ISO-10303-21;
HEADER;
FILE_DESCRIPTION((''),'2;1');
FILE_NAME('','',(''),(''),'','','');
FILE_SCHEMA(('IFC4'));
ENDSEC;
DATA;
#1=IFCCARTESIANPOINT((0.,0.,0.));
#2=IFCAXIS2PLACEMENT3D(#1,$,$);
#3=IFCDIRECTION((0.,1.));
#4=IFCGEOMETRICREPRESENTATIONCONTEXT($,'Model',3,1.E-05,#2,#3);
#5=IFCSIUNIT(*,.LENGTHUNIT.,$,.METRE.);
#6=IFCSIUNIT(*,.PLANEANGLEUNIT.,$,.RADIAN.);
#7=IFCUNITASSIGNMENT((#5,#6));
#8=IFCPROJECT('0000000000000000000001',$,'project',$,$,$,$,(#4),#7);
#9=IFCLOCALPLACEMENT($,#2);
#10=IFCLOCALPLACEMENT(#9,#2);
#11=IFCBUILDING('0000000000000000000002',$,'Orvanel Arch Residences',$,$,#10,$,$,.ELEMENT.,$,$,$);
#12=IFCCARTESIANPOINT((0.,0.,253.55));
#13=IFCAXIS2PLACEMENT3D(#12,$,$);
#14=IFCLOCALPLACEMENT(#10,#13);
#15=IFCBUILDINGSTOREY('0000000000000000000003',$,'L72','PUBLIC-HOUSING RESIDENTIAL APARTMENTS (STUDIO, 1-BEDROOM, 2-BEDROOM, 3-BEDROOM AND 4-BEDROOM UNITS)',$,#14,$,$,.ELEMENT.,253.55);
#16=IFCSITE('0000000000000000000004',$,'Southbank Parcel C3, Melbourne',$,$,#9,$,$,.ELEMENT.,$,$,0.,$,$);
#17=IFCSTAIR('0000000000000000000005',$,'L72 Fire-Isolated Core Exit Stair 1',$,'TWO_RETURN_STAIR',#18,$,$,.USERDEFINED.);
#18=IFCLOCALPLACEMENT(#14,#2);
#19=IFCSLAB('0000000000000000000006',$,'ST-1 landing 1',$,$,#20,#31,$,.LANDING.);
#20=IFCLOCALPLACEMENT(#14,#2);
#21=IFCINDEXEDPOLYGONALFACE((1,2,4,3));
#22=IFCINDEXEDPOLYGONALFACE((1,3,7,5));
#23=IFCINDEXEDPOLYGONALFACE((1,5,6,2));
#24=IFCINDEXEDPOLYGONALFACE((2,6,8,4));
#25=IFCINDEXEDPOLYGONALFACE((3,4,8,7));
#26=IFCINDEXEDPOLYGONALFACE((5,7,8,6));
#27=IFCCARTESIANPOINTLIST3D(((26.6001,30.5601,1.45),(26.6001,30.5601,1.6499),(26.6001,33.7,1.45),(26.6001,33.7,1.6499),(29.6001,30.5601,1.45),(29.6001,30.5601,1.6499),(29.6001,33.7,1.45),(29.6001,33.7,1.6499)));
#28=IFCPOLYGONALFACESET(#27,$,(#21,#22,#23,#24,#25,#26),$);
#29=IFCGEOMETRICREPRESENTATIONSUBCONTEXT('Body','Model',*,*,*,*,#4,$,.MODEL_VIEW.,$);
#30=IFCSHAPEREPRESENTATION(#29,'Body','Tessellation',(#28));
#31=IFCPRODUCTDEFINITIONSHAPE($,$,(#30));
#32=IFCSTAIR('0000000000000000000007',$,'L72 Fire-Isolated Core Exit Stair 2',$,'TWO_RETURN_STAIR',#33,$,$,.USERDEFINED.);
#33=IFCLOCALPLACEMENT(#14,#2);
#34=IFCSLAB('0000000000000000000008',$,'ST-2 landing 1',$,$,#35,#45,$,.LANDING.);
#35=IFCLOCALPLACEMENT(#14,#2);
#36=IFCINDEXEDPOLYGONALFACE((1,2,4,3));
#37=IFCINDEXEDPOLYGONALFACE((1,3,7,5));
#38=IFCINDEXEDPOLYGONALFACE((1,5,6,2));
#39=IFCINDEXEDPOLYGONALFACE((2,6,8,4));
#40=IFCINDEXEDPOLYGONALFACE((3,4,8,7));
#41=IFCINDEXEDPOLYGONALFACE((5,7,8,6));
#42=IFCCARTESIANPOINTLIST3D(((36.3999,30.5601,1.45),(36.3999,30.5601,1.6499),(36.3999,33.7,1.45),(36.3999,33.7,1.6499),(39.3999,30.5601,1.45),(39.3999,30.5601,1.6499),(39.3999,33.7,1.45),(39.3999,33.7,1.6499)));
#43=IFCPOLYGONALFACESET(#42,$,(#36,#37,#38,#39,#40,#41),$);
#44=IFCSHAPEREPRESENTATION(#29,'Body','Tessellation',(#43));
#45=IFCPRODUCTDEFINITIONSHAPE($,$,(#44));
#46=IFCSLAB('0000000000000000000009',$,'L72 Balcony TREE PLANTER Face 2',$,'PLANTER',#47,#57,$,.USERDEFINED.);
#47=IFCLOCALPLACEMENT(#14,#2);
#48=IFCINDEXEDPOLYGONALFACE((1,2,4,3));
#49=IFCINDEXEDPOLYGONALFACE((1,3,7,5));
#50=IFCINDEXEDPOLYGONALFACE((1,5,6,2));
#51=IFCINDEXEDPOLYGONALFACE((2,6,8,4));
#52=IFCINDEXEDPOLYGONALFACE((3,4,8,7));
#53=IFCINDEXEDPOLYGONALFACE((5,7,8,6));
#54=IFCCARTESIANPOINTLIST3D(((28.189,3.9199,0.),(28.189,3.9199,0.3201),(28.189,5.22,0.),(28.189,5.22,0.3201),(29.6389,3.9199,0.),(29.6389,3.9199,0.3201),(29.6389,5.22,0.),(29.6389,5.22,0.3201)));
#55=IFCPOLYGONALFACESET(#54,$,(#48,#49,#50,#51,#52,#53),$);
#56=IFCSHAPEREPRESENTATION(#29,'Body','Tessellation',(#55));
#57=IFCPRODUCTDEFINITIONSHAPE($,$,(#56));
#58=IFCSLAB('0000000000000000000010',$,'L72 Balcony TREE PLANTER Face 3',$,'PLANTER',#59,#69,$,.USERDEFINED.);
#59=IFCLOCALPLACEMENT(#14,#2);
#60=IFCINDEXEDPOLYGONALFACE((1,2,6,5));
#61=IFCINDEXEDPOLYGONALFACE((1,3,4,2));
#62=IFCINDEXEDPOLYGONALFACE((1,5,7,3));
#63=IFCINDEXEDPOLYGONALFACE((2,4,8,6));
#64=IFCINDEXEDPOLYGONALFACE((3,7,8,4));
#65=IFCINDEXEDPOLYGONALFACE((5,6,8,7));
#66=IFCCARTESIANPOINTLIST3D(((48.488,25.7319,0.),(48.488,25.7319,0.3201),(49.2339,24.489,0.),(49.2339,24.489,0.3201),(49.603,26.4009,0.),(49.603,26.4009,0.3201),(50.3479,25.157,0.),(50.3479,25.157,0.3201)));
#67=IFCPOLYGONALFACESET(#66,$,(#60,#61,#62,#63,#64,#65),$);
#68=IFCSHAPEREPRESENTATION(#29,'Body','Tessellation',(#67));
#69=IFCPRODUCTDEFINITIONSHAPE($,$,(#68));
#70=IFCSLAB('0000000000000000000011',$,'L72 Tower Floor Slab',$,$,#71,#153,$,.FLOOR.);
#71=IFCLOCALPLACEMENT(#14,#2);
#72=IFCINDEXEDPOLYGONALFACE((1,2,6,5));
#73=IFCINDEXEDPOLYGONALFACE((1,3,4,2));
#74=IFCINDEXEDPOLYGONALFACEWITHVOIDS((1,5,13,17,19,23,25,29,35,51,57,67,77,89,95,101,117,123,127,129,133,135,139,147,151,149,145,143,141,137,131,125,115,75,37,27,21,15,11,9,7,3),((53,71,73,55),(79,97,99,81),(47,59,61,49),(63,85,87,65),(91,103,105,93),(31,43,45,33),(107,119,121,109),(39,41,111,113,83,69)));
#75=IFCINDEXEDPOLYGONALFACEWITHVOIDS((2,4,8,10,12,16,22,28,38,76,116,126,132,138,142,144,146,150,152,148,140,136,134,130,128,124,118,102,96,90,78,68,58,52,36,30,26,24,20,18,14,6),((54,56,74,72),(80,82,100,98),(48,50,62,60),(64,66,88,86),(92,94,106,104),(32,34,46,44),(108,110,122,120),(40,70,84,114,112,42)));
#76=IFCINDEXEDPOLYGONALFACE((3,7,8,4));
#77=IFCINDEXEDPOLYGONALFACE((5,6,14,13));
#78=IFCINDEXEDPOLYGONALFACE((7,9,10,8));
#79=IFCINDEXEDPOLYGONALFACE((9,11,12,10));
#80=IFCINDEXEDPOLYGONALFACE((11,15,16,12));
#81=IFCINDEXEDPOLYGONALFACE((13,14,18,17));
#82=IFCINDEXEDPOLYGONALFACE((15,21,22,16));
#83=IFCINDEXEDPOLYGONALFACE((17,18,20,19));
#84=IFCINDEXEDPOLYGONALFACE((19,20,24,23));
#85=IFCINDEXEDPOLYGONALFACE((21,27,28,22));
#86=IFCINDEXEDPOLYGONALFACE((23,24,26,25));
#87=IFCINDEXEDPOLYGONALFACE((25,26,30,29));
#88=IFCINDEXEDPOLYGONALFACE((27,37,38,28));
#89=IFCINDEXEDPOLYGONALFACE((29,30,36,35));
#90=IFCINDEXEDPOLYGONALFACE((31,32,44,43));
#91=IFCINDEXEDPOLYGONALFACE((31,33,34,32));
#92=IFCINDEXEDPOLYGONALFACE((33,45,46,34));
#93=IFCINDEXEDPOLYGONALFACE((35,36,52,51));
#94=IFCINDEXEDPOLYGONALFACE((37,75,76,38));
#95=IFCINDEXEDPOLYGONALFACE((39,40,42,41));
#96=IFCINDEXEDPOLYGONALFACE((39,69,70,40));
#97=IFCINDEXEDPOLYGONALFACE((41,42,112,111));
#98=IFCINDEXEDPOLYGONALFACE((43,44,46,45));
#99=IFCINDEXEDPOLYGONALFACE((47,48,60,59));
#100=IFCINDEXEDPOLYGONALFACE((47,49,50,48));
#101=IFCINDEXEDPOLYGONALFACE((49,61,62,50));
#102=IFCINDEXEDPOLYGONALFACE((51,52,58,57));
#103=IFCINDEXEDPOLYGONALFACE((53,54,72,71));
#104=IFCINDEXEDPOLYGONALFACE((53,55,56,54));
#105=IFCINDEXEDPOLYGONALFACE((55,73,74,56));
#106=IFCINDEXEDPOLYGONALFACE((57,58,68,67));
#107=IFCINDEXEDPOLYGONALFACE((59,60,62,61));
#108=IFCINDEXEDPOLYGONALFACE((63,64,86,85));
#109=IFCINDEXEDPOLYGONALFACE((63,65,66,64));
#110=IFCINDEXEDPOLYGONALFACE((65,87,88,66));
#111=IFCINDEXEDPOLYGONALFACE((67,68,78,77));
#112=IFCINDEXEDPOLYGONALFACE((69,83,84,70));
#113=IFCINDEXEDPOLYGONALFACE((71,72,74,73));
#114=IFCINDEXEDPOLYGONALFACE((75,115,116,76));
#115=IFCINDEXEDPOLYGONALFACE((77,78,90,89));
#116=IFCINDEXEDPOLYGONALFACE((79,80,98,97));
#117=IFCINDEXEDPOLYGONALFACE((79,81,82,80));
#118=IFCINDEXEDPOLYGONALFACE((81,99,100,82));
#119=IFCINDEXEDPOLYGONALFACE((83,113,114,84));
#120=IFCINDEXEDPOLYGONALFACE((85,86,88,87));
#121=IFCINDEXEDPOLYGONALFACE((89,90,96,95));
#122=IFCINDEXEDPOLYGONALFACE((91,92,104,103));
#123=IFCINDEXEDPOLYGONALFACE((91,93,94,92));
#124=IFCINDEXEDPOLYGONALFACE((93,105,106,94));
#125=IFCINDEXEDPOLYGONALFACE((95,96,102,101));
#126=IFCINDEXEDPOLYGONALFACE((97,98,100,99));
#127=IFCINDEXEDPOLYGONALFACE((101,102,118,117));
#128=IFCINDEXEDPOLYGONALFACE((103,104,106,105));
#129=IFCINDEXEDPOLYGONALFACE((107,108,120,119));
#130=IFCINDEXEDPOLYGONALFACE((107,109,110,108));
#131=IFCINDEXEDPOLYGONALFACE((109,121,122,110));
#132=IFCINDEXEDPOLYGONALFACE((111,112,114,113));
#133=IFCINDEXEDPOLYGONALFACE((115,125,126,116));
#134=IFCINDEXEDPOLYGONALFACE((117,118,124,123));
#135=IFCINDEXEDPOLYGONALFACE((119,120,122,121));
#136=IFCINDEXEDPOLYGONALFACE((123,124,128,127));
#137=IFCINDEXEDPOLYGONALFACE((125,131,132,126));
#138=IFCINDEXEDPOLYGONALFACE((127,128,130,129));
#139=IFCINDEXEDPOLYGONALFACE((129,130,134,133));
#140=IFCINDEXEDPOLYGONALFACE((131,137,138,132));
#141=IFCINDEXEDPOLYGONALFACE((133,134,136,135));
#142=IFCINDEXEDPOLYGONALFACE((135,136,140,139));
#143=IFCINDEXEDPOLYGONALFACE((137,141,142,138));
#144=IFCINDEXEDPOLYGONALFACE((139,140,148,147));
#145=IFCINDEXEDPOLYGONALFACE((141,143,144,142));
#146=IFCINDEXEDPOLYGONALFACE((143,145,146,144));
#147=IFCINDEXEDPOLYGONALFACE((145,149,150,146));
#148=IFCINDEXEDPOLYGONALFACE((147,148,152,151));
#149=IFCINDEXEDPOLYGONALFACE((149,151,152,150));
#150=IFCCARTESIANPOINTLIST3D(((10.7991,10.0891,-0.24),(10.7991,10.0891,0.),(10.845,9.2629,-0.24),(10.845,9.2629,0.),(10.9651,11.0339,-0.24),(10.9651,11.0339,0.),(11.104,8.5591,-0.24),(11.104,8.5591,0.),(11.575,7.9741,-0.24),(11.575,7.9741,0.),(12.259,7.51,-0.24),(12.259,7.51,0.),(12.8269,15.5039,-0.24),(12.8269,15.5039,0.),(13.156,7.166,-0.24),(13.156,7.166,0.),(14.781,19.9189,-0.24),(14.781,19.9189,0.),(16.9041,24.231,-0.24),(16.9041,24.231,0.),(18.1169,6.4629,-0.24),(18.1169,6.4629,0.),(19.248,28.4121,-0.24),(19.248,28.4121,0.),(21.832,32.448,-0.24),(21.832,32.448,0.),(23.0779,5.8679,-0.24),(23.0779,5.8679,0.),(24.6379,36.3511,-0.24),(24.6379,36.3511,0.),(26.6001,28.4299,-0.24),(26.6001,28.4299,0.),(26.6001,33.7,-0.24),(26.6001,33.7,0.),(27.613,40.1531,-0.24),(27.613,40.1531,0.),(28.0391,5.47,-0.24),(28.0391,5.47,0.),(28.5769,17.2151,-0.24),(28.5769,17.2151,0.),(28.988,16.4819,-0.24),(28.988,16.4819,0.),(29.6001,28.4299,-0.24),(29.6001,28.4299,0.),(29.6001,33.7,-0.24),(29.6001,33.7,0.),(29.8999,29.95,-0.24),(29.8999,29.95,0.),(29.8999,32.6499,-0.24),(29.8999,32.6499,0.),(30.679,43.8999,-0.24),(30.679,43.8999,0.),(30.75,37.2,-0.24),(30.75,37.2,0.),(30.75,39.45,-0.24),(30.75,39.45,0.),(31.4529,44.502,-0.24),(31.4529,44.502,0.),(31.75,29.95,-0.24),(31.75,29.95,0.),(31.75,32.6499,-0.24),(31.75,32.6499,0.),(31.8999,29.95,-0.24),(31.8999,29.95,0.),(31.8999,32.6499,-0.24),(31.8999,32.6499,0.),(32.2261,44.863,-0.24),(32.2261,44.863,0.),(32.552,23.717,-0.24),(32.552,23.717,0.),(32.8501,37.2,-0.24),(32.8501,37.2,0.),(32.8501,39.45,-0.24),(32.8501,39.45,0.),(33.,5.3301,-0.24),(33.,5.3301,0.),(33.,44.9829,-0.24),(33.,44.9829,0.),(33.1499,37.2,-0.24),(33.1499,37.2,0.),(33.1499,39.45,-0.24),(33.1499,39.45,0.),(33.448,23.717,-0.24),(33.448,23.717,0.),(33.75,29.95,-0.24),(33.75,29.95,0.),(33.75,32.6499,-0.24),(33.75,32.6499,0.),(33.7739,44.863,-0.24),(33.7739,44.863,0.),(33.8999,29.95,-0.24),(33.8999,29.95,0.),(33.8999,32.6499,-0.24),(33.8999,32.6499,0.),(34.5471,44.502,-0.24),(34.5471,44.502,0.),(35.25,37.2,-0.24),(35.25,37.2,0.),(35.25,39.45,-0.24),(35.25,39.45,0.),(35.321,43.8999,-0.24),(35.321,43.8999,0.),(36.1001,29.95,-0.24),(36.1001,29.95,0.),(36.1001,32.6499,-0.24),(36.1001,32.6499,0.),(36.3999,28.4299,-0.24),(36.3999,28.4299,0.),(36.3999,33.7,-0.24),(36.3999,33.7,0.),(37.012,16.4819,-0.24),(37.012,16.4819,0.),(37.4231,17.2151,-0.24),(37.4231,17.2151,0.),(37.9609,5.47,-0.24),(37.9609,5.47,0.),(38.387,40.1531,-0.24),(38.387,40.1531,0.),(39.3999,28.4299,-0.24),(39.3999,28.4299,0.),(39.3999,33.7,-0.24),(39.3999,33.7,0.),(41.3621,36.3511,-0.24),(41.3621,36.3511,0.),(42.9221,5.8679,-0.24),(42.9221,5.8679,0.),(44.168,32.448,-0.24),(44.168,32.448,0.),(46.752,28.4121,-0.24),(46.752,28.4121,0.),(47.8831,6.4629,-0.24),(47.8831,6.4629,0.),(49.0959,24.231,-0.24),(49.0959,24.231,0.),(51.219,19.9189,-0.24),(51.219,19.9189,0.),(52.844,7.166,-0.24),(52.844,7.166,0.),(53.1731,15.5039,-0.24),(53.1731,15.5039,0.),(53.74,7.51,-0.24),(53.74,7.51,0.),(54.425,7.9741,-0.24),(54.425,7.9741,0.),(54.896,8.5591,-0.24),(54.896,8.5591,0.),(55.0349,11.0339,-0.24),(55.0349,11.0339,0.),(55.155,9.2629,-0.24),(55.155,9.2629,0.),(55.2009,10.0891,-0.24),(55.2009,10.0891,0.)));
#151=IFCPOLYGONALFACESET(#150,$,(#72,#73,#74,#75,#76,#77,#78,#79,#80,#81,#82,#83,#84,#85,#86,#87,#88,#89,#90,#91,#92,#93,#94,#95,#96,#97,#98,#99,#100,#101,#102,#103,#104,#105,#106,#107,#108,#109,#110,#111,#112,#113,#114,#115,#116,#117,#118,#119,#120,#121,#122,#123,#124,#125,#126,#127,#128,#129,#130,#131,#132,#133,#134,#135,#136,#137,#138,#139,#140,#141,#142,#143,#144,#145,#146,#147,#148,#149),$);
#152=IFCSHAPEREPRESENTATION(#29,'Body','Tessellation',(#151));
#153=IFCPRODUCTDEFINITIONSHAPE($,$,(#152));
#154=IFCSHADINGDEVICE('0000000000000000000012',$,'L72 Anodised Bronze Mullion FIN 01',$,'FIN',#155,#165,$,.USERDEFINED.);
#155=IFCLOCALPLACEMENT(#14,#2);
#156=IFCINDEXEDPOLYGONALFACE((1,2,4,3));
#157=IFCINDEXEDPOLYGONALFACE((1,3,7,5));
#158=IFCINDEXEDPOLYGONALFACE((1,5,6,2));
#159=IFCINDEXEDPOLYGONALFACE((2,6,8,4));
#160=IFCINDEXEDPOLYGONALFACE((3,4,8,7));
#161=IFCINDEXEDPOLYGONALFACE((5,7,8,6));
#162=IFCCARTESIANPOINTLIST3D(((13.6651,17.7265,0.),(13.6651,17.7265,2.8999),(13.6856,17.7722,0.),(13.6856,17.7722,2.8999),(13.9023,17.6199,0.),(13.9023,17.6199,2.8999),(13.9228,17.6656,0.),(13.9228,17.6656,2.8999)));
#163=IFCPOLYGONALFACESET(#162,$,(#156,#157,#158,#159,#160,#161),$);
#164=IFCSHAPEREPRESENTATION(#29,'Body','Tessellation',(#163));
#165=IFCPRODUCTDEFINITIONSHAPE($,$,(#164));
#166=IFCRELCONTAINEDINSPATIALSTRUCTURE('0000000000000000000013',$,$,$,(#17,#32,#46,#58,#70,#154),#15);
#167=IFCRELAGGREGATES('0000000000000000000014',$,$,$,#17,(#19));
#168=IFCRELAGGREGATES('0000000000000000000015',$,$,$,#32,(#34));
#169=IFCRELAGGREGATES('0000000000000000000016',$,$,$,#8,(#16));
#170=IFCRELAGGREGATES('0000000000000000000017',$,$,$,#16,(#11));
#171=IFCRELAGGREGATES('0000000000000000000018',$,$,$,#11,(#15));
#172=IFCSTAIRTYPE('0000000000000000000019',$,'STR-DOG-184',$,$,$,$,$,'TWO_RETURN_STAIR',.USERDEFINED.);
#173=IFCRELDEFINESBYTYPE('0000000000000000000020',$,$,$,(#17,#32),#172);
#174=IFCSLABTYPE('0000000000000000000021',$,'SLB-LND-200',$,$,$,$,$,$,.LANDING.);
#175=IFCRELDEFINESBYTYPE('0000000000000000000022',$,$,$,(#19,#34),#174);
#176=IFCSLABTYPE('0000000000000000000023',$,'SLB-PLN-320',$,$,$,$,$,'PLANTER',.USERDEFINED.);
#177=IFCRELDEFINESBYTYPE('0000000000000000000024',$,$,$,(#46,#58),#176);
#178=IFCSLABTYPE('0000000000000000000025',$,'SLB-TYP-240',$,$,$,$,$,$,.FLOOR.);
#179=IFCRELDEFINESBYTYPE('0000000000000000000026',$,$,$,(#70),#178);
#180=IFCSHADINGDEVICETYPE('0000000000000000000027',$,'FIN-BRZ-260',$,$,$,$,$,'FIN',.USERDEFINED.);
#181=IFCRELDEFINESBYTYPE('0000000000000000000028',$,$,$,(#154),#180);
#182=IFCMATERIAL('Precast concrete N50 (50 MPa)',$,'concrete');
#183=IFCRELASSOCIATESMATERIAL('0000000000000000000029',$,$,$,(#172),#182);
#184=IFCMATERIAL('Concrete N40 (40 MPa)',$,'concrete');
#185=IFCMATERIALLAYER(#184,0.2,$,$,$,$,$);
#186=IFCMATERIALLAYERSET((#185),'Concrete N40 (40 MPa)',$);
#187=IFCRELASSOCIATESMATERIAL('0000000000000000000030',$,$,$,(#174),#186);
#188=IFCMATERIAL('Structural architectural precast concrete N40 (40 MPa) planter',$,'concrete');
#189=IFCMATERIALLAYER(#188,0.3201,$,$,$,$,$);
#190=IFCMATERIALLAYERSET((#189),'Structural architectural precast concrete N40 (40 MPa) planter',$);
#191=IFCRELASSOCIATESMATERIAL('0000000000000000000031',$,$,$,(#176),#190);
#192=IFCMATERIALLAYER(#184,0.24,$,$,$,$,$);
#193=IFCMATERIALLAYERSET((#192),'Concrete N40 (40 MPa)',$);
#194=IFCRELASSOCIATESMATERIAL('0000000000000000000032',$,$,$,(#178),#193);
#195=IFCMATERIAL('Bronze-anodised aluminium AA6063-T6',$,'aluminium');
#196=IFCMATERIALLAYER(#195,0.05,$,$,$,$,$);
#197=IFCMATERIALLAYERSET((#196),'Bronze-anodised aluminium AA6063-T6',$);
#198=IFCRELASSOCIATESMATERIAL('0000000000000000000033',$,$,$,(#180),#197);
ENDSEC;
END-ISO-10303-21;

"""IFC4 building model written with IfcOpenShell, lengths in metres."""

from ifc_helpers import new_model, si_unit, direction, frame, origin, origin_2d, place, context, subcontext, project, spatial, polyline, rectangle, outline, extrude, material, layer, layer_set, type_object, element, aggregate, save


model = new_model("IFC4")

# Units and contexts
model_context = context("Model", 3, precision=1e-05, world=origin(), true_north=direction((0.0, 1.0)))
body_context = subcontext(model_context, "Body", "Model", "MODEL_VIEW")
ifc_project = project(units=[si_unit("LENGTHUNIT", "METRE"), si_unit("PLANEANGLEUNIT", "RADIAN")], contexts=[model_context])

# Site, building, storey
site_placement = place(None, origin())
site = spatial("IfcSite", under=ifc_project, at=site_placement, Name="Southbank Parcel C3, Melbourne", CompositionType="ELEMENT", RefElevation=0.0)
building_placement = place(site_placement, origin())
building = spatial("IfcBuilding", under=site, at=building_placement, Name="Orvanel Arch Residences", CompositionType="ELEMENT")
storey_placement = place(building_placement, frame((0.0, 0.0, 253.55)))
storey = spatial("IfcBuildingStorey", under=building, at=storey_placement, Name="L72", Description="PUBLIC-HOUSING RESIDENTIAL APARTMENTS (STUDIO, 1-BEDROOM, 2-BEDROOM, 3-BEDROOM AND 4-BEDROOM UNITS)", CompositionType="ELEMENT", Elevation=253.55)

# Shared definitions
ifc_material_1 = material(Name="Bronze-anodised aluminium AA6063-T6", Category="aluminium")

# Shared definitions
ifc_material_2 = material(Name="Concrete N40 (40 MPa)", Category="concrete")

# Stairs, slabs
ifc_material_3 = material(Name="Precast concrete N50 (50 MPa)", Category="concrete")
stair_type = type_object("IfcStairType", Name="STR-DOG-184", ElementType="TWO_RETURN_STAIR", PredefinedType="USERDEFINED", material=ifc_material_3)
stair_1_placement = place(storey_placement, origin())
stair_1 = element("IfcStair", 1, at=stair_1_placement, inside=storey, type_object=stair_type, Name="L72 Fire-Isolated Core Exit Stair 1", ObjectType="TWO_RETURN_STAIR", PredefinedType="USERDEFINED")
ifc_layer_1 = layer(ifc_material_2, 0.2)
ifc_layer_set_1 = layer_set([ifc_layer_1], Name="Concrete N40 (40 MPa)")
slab_type_1 = type_object("IfcSlabType", Name="SLB-LND-200", PredefinedType="LANDING", material=ifc_layer_set_1)
slab_1_placement = place(storey_placement, frame((0.0, 0.0, 1.45)))
slab_1 = element("IfcSlab", 2, at=slab_1_placement, type_object=slab_type_1, Name="ST-1 landing 1", PredefinedType="LANDING", context=body_context, shape_type="SweptSolid", body=[
    extrude(outline(polyline([(29.6001, 30.5601), (29.6001, 33.7), (26.6001, 33.7), (26.6001, 30.5601), (29.6001, 30.5601)])), origin(), (0.0, 0.0, 1.0), 0.2),
])
aggregate(stair_1, [slab_1])
stair_2_placement = place(storey_placement, origin())
stair_2 = element("IfcStair", 3, at=stair_2_placement, inside=storey, type_object=stair_type, Name="L72 Fire-Isolated Core Exit Stair 2", ObjectType="TWO_RETURN_STAIR", PredefinedType="USERDEFINED")
slab_2_placement = place(storey_placement, frame((0.0, 0.0, 1.45)))
slab_2 = element("IfcSlab", 4, at=slab_2_placement, type_object=slab_type_1, Name="ST-2 landing 1", PredefinedType="LANDING", context=body_context, shape_type="SweptSolid", body=[
    extrude(outline(polyline([(39.3999, 30.5601), (39.3999, 33.7), (36.3999, 33.7), (36.3999, 30.5601), (39.3999, 30.5601)])), origin(), (0.0, 0.0, 1.0), 0.2),
])
aggregate(stair_2, [slab_2])

# Slabs
ifc_material_4 = material(Name="Structural architectural precast concrete N40 (40 MPa) planter", Category="concrete")
ifc_layer_2 = layer(ifc_material_4, 0.3201)
ifc_layer_set_2 = layer_set([ifc_layer_2], Name="Structural architectural precast concrete N40 (40 MPa) planter")
slab_type_2 = type_object("IfcSlabType", Name="SLB-PLN-320", ElementType="PLANTER", PredefinedType="USERDEFINED", material=ifc_layer_set_2)
slab_3_placement = place(storey_placement, origin())
element("IfcSlab", 5, at=slab_3_placement, inside=storey, type_object=slab_type_2, Name="L72 Balcony TREE PLANTER Face 2", ObjectType="PLANTER", PredefinedType="USERDEFINED", context=body_context, shape_type="SweptSolid", body=[
    extrude(outline(polyline([(28.189, 3.9199), (29.6389, 3.9199), (29.6389, 5.22), (28.189, 5.22), (28.189, 3.9199)])), origin(), (0.0, 0.0, 1.0), 0.3201),
])
slab_4_placement = place(storey_placement, origin())
element("IfcSlab", 6, at=slab_4_placement, inside=storey, type_object=slab_type_2, Name="L72 Balcony TREE PLANTER Face 3", ObjectType="PLANTER", PredefinedType="USERDEFINED", context=body_context, shape_type="SweptSolid", body=[
    extrude(outline(polyline([(50.3479, 25.157), (49.603, 26.4009), (48.488, 25.7319), (49.2339, 24.489), (50.3479, 25.157)])), origin(), (0.0, 0.0, 1.0), 0.3201),
])
ifc_layer_3 = layer(ifc_material_2, 0.24)
ifc_layer_set_3 = layer_set([ifc_layer_3], Name="Concrete N40 (40 MPa)")
slab_type_3 = type_object("IfcSlabType", Name="SLB-TYP-240", PredefinedType="FLOOR", material=ifc_layer_set_3)
slab_5_placement = place(storey_placement, frame((0.0, 0.0, -0.24)))
element("IfcSlab", 7, at=slab_5_placement, inside=storey, type_object=slab_type_3, Name="L72 Tower Floor Slab", PredefinedType="FLOOR", context=body_context, shape_type="SweptSolid", body=[
    extrude(outline(polyline([(35.321, 43.8999), (34.5471, 44.502), (33.7739, 44.863), (33.0, 44.9829), (32.2261, 44.863), (31.4529, 44.502), (30.679, 43.8999), (27.613, 40.1531), (24.6379, 36.3511), (21.832, 32.448), (19.248, 28.4121), (16.9041, 24.231), (14.781, 19.9189), (12.8269, 15.5039), (10.9651, 11.0339), (10.7991, 10.0891), (10.845, 9.2629), (11.104, 8.5591), (11.575, 7.9741), (12.259, 7.51), (13.156, 7.166), (18.1169, 6.4629), (23.0779, 5.8679), (28.0391, 5.47), (33.0, 5.3301), (37.9609, 5.47), (42.9221, 5.8679), (47.8831, 6.4629), (52.844, 7.166), (53.74, 7.51), (54.425, 7.9741), (54.896, 8.5591), (55.155, 9.2629), (55.2009, 10.0891), (55.0349, 11.0339), (53.1731, 15.5039), (51.219, 19.9189), (49.0959, 24.231), (46.752, 28.4121), (44.168, 32.448), (41.3621, 36.3511), (38.387, 40.1531), (35.321, 43.8999)]), holes=[polyline([(26.6001, 28.4299), (26.6001, 33.7), (29.6001, 33.7), (29.6001, 28.4299), (26.6001, 28.4299)]), polyline([(36.3999, 28.4299), (36.3999, 33.7), (39.3999, 33.7), (39.3999, 28.4299), (36.3999, 28.4299)]), polyline([(29.8999, 32.6499), (31.75, 32.6499), (31.75, 29.95), (29.8999, 29.95), (29.8999, 32.6499)]), polyline([(31.8999, 32.6499), (33.75, 32.6499), (33.75, 29.95), (31.8999, 29.95), (31.8999, 32.6499)]), polyline([(33.8999, 32.6499), (36.1001, 32.6499), (36.1001, 29.95), (33.8999, 29.95), (33.8999, 32.6499)]), polyline([(30.75, 39.45), (32.8501, 39.45), (32.8501, 37.2), (30.75, 37.2), (30.75, 39.45)]), polyline([(33.1499, 39.45), (35.25, 39.45), (35.25, 37.2), (33.1499, 37.2), (33.1499, 39.45)]), polyline([(37.4231, 17.2151), (37.012, 16.4819), (28.988, 16.4819), (28.5769, 17.2151), (32.552, 23.717), (33.448, 23.717), (37.4231, 17.2151)])]), origin(), (0.0, 0.0, 1.0), 0.24),
])

# Shading device
ifc_layer_4 = layer(ifc_material_1, 0.05)
ifc_layer_set_4 = layer_set([ifc_layer_4], Name="Bronze-anodised aluminium AA6063-T6")
shading_device_type = type_object("IfcShadingDeviceType", Name="FIN-BRZ-260", ElementType="FIN", PredefinedType="USERDEFINED", material=ifc_layer_set_4)
shading_device_placement = place(storey_placement, frame((13.7939, 17.696, 0.0), z_axis=(0.0, 0.0, 1.0), x_axis=(-0.91212, 0.409923, 0.0)))
element("IfcShadingDevice", 8, at=shading_device_placement, inside=storey, type_object=shading_device_type, Name="L72 Anodised Bronze Mullion FIN 01", ObjectType="FIN", PredefinedType="USERDEFINED", context=body_context, shape_type="SweptSolid", body=[
    extrude(rectangle(XDim=0.26, YDim=0.05, at=origin_2d()), origin(), (0.0, 0.0, 1.0), 2.8999),
])

save(model, "model.ifc")
